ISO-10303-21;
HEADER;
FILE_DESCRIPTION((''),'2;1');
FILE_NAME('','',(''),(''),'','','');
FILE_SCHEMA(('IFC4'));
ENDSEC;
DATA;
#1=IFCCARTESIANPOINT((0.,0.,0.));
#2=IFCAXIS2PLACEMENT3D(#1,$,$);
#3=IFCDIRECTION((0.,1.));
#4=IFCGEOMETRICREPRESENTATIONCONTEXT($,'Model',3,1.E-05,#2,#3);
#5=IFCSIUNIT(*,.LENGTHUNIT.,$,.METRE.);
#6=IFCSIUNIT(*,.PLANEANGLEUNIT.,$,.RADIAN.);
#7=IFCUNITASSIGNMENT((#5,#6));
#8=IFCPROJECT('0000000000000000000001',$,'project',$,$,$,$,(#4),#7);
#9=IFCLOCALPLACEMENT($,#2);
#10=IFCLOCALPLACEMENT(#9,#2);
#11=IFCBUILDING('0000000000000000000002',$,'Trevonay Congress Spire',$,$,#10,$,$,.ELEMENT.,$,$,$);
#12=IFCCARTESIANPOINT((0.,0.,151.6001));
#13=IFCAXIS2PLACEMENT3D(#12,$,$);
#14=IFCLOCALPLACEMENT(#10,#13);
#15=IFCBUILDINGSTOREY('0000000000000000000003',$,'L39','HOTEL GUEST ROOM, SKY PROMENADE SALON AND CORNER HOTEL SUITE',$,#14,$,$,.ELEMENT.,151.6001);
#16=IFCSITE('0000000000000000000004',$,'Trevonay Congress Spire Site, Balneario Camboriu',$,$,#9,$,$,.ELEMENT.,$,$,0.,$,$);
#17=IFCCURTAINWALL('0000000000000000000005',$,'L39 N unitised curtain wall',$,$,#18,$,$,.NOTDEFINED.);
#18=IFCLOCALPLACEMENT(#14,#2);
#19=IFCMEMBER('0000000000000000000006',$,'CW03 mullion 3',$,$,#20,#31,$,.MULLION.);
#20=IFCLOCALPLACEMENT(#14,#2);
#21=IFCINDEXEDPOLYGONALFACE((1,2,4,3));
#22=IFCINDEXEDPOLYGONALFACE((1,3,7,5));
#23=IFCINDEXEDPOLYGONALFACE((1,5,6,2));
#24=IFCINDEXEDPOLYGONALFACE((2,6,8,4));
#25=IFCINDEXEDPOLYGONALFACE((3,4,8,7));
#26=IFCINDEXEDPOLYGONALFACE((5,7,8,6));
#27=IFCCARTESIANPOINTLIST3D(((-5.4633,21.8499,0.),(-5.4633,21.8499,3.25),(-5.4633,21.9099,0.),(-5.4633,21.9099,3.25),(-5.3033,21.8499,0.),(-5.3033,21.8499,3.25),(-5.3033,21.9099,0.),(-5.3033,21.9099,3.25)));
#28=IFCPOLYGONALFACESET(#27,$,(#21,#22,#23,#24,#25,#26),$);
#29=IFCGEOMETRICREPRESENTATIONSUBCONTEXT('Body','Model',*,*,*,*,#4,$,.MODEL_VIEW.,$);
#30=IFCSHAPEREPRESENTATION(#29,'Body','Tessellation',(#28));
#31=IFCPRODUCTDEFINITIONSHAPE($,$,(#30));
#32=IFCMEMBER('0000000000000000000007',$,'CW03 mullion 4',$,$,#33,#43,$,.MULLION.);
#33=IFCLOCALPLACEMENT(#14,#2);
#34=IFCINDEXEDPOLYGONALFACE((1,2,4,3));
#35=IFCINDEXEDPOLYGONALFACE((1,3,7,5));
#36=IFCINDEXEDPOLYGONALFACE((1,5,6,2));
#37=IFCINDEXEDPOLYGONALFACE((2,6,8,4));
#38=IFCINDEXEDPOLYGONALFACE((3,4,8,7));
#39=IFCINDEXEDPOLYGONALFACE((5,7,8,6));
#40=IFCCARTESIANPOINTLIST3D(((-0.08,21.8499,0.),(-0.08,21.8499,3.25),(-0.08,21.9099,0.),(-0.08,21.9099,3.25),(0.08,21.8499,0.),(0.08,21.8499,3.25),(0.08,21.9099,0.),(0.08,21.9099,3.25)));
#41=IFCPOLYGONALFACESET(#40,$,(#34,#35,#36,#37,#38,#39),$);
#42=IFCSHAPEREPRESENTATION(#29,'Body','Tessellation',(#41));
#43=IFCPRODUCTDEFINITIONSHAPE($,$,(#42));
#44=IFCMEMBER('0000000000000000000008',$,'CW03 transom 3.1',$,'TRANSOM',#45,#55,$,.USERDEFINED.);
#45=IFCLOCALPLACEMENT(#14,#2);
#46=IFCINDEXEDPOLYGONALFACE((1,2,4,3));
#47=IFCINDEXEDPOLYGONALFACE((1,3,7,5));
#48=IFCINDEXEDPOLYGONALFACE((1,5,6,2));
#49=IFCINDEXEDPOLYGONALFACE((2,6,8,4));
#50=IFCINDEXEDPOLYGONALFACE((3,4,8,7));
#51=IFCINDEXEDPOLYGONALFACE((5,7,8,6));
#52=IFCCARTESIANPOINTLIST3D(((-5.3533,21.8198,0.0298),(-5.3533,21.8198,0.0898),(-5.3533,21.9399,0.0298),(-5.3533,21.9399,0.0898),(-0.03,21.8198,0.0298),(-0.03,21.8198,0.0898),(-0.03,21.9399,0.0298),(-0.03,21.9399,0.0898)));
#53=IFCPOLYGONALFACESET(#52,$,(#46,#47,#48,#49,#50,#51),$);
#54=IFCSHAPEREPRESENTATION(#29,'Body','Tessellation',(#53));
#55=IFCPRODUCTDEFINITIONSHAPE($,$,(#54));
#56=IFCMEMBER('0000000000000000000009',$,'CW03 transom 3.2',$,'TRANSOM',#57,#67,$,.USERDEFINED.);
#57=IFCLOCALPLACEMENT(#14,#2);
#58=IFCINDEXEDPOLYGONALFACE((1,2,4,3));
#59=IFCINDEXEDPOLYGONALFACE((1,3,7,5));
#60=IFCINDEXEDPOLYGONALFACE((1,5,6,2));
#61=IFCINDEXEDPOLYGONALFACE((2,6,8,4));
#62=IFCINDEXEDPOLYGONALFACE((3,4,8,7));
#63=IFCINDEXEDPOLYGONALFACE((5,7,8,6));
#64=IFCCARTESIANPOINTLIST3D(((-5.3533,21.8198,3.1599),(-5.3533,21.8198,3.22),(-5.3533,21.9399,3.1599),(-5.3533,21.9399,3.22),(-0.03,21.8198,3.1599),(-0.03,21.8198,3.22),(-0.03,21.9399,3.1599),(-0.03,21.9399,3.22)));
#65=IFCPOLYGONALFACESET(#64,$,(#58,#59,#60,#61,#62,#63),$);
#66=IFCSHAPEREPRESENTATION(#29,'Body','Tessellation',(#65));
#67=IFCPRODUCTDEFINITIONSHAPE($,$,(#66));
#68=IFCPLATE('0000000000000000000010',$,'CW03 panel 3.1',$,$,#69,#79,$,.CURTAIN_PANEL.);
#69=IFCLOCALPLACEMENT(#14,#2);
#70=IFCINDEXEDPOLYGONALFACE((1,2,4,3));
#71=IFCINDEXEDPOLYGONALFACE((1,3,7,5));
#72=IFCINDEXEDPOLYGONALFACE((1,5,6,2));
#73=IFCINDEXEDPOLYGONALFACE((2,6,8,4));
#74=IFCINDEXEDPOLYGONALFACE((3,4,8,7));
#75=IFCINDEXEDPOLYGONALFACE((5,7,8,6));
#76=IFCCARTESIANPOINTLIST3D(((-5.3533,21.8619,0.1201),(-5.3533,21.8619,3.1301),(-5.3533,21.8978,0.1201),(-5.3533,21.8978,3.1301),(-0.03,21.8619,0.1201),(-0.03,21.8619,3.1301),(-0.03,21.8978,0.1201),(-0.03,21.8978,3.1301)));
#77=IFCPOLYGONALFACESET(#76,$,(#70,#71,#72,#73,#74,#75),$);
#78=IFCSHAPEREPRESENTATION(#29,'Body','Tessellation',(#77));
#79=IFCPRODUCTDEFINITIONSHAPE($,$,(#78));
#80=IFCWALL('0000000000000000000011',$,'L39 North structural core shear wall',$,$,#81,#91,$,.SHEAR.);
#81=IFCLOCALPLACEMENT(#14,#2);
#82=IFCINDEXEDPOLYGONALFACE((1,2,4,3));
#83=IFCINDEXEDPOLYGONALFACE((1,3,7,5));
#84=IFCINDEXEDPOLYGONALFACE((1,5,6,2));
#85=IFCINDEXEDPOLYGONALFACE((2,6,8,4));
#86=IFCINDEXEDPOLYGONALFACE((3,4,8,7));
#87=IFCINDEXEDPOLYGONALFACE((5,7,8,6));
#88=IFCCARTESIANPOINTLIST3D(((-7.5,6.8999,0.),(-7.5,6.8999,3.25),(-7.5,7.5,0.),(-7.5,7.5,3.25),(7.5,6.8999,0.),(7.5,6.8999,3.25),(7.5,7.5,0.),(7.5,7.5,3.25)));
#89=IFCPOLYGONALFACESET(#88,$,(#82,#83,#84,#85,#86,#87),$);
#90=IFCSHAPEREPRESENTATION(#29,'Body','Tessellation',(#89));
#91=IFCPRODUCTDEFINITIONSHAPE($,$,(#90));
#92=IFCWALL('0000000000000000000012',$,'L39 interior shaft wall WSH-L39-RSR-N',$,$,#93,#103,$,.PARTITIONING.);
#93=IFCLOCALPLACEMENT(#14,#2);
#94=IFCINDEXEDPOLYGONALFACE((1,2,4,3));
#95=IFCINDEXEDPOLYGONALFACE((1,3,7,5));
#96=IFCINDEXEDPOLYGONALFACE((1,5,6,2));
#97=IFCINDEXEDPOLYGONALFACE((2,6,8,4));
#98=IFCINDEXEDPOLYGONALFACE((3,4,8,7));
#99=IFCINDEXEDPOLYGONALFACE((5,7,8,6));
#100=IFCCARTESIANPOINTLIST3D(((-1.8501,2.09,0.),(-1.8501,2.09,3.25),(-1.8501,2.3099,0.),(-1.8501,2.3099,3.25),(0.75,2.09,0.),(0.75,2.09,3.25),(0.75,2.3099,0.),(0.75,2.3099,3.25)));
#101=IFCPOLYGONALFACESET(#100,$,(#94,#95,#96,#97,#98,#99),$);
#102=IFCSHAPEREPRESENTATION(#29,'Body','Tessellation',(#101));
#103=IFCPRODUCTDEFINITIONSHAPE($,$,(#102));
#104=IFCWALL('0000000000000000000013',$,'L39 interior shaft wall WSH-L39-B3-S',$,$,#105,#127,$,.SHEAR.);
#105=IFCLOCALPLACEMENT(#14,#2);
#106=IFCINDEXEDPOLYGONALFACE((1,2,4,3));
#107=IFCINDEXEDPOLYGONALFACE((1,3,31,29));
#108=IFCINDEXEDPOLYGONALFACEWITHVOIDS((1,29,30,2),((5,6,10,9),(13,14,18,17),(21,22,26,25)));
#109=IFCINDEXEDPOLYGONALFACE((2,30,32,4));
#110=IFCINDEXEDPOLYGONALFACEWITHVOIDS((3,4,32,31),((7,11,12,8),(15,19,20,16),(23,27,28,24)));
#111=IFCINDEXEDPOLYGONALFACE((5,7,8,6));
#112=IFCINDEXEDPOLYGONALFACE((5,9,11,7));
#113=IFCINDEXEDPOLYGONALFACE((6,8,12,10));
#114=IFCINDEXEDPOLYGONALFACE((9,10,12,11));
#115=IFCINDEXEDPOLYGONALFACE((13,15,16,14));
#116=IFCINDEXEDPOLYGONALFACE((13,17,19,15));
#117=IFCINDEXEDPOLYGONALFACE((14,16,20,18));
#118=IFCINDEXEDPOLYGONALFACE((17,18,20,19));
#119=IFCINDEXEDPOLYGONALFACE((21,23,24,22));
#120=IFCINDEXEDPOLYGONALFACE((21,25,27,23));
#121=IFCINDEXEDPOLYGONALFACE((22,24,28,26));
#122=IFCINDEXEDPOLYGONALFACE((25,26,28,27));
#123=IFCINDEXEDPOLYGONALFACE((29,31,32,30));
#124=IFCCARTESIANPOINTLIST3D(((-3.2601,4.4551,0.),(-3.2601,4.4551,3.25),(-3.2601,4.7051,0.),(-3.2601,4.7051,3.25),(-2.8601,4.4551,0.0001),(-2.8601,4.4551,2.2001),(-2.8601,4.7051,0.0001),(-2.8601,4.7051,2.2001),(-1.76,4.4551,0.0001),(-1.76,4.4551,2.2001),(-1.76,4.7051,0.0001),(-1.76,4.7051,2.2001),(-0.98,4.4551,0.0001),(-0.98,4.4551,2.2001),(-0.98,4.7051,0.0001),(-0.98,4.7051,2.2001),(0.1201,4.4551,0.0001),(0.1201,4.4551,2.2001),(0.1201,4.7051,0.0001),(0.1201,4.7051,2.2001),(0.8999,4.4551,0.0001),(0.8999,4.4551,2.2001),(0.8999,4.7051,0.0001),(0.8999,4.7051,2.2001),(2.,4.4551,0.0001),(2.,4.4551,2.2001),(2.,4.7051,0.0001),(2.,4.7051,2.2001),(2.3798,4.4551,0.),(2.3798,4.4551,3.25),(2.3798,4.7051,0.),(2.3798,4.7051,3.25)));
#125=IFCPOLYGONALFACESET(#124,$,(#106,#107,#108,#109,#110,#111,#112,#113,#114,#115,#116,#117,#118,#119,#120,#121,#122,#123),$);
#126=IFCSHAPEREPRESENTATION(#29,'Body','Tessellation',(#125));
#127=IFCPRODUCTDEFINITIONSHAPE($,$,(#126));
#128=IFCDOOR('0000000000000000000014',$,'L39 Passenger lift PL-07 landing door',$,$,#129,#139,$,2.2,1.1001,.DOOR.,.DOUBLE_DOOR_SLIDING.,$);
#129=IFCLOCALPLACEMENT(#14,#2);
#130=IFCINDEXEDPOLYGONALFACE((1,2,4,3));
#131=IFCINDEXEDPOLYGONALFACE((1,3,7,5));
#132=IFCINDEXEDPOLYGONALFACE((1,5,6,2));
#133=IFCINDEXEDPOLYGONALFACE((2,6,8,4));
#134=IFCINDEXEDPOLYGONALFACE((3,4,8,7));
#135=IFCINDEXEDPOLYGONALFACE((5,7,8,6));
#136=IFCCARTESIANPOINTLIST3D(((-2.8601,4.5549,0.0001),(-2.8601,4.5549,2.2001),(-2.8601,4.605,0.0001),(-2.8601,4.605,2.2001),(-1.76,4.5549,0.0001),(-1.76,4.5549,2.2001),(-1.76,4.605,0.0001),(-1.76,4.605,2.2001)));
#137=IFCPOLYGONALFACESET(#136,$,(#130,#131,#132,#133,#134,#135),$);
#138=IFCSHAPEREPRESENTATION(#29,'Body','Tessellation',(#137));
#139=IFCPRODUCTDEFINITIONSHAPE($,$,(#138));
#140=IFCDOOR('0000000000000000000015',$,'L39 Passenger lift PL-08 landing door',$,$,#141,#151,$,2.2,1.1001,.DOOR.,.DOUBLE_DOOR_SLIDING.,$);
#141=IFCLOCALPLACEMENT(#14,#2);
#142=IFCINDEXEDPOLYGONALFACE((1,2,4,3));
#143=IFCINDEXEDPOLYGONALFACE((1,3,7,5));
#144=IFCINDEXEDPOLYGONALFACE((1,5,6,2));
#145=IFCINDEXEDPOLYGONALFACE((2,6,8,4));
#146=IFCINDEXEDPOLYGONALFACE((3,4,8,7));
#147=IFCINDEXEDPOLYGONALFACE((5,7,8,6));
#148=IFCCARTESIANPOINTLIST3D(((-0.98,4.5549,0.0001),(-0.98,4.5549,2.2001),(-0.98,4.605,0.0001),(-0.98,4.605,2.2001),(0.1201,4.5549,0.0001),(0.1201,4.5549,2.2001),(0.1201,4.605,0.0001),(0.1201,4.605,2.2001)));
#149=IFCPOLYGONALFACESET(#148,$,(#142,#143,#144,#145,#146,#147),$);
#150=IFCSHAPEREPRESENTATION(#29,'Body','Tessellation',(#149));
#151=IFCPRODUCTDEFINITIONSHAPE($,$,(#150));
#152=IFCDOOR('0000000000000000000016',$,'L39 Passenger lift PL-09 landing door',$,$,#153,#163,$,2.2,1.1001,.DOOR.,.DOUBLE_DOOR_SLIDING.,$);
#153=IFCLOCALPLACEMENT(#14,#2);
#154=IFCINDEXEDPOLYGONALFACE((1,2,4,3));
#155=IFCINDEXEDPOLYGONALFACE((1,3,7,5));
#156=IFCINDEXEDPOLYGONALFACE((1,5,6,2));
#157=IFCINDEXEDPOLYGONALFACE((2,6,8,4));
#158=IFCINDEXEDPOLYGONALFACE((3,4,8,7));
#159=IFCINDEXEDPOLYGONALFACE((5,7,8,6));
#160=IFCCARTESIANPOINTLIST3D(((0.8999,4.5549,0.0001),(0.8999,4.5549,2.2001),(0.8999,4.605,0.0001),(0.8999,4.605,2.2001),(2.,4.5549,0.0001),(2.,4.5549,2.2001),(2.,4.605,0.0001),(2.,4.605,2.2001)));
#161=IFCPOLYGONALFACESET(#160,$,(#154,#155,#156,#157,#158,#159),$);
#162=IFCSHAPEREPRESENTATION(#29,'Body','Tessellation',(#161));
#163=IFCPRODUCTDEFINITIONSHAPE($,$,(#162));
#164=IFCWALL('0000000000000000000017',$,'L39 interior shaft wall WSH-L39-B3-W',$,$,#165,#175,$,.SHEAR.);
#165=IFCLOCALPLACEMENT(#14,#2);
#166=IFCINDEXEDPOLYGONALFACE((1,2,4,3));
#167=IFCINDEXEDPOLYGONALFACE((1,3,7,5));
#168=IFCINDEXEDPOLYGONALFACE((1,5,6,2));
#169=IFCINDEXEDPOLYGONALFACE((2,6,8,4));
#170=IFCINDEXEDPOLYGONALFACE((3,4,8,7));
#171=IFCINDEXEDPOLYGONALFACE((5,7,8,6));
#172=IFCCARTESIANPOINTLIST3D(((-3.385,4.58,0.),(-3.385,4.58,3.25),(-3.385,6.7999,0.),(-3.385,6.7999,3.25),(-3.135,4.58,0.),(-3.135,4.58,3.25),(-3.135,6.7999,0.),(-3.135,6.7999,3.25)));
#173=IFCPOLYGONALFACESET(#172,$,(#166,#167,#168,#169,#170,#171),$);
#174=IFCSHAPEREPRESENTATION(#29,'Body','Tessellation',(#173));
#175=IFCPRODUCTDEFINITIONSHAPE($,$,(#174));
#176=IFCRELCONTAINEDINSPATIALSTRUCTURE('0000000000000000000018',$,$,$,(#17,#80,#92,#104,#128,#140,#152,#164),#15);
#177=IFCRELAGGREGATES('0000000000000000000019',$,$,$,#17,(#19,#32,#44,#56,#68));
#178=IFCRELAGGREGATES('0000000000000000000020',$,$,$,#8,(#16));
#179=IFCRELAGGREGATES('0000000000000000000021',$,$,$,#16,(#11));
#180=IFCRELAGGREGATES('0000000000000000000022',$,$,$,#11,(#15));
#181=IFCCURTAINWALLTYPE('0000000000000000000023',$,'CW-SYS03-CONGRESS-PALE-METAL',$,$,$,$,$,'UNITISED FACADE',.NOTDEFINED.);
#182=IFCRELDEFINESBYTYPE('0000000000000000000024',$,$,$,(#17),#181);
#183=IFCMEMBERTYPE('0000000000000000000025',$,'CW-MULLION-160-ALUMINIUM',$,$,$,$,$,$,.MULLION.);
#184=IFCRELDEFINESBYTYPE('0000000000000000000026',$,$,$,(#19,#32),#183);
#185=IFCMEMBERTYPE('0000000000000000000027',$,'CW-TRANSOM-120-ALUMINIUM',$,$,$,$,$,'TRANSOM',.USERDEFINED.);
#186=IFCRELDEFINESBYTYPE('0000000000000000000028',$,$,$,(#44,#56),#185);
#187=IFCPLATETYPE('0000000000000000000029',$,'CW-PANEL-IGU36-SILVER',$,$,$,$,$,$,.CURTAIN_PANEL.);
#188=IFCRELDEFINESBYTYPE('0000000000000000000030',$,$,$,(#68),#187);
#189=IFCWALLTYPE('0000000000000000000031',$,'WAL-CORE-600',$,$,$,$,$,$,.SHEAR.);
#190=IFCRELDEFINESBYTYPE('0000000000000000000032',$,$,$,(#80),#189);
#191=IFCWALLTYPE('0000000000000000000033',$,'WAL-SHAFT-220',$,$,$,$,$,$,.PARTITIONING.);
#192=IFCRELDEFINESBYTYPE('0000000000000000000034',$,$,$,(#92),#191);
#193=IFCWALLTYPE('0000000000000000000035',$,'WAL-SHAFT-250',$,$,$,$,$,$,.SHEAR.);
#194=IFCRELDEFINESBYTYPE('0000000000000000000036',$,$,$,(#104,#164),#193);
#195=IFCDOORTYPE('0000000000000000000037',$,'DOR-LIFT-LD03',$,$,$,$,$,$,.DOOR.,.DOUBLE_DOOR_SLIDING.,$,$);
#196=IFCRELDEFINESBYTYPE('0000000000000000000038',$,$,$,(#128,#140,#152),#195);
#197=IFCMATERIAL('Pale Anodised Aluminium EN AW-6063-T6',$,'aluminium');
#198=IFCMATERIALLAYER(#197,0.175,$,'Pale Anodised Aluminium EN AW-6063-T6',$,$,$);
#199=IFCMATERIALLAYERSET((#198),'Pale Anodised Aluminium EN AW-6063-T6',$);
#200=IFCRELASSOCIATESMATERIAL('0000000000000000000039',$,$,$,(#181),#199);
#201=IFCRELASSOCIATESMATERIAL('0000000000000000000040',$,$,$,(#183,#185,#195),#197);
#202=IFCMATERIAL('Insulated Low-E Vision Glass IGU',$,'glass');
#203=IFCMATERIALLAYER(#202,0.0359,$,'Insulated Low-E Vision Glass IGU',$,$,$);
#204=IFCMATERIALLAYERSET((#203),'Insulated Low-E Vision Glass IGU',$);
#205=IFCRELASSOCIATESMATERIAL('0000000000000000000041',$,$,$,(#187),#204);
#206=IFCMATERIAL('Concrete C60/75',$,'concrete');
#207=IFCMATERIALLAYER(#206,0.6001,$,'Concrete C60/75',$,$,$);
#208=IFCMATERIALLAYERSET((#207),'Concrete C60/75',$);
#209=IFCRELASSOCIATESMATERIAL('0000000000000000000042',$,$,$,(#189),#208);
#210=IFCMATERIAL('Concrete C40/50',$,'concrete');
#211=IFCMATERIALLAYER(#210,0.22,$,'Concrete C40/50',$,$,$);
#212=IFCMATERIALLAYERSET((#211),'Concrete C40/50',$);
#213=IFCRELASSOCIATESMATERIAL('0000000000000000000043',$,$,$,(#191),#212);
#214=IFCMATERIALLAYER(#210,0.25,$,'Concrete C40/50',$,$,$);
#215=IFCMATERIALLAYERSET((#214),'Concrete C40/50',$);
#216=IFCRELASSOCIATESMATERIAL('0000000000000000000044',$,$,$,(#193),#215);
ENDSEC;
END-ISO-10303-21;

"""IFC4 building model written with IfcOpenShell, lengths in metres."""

from ifc_helpers import new_model, si_unit, direction, frame, frame_2d, origin, origin_2d, place, context, subcontext, project, spatial, rectangle, extrude, material, layer, layer_set, material_profile, profile_set, type_object, element, fill, aggregate, save


model = new_model("IFC4")

# Units and contexts
model_context = context("Model", 3, precision=1e-05, world=origin(), true_north=direction((0.0, 1.0)))
body_context = subcontext(model_context, "Body", "Model", "MODEL_VIEW")
ifc_project = project(units=[si_unit("LENGTHUNIT", "METRE"), si_unit("PLANEANGLEUNIT", "RADIAN")], contexts=[model_context])

# Site, building, storey
site_placement = place(None, origin())
site = spatial("IfcSite", under=ifc_project, at=site_placement, Name="Trevonay Congress Spire Site, Balneario Camboriu", CompositionType="ELEMENT", RefElevation=0.0)
building_placement = place(site_placement, origin())
building = spatial("IfcBuilding", under=site, at=building_placement, Name="Trevonay Congress Spire", CompositionType="ELEMENT")
storey_placement = place(building_placement, frame((0.0, 0.0, 151.6001)))
storey = spatial("IfcBuildingStorey", under=building, at=storey_placement, Name="L39", Description="HOTEL GUEST ROOM, SKY PROMENADE SALON AND CORNER HOTEL SUITE", CompositionType="ELEMENT", Elevation=151.6001)

# Curtain wall, members, plate
ifc_material_1 = material(Name="Pale Anodised Aluminium EN AW-6063-T6", Category="aluminium")
ifc_layer_1 = layer(ifc_material_1, 0.175, Name="Pale Anodised Aluminium EN AW-6063-T6")
ifc_layer_set_1 = layer_set([ifc_layer_1], Name="Pale Anodised Aluminium EN AW-6063-T6")
curtain_wall_type = type_object("IfcCurtainWallType", Name="CW-SYS03-CONGRESS-PALE-METAL", ElementType="UNITISED FACADE", PredefinedType="NOTDEFINED", material=ifc_layer_set_1)
curtain_wall_placement = place(storey_placement, origin())
curtain_wall = element("IfcCurtainWall", 1, at=curtain_wall_placement, inside=storey, type_object=curtain_wall_type, Name="L39 N unitised curtain wall", PredefinedType="NOTDEFINED")
ifc_material_profile_1 = material_profile(ifc_material_1, rectangle(XDim=0.0601, YDim=0.1599, at=origin_2d()), Name="CW-MULLION-160-ALUMINIUM")
ifc_profile_set_1 = profile_set([ifc_material_profile_1], Name="Pale Anodised Aluminium EN AW-6063-T6")
member_type_1 = type_object("IfcMemberType", Name="CW-MULLION-160-ALUMINIUM", PredefinedType="MULLION", material=ifc_profile_set_1)
member_1_placement = place(storey_placement, frame((-5.3833, 21.8799, 0.0), z_axis=(0.0, 0.0, 1.0), x_axis=(0.0, 1.0, 0.0)))
member_1 = element("IfcMember", 2, at=member_1_placement, type_object=member_type_1, Name="CW03 mullion 3", PredefinedType="MULLION", context=body_context, shape_type="SweptSolid", body=[
    extrude(rectangle(XDim=0.0601, YDim=0.1599, at=origin_2d()), origin(), (0.0, 0.0, 1.0), 3.25),
])
member_2_placement = place(storey_placement, frame((0.0, 21.8799, 0.0), z_axis=(0.0, 0.0, 1.0), x_axis=(0.0, 1.0, 0.0)))
member_2 = element("IfcMember", 3, at=member_2_placement, type_object=member_type_1, Name="CW03 mullion 4", PredefinedType="MULLION", context=body_context, shape_type="SweptSolid", body=[
    extrude(rectangle(XDim=0.0601, YDim=0.1599, at=origin_2d()), origin(), (0.0, 0.0, 1.0), 3.25),
])
ifc_material_profile_2 = material_profile(ifc_material_1, rectangle(XDim=0.1201, YDim=0.0601, at=origin_2d()), Name="CW-TRANSOM-120-ALUMINIUM")
ifc_profile_set_2 = profile_set([ifc_material_profile_2], Name="Pale Anodised Aluminium EN AW-6063-T6")
member_type_2 = type_object("IfcMemberType", Name="CW-TRANSOM-120-ALUMINIUM", ElementType="TRANSOM", PredefinedType="USERDEFINED", material=ifc_profile_set_2)
member_3_placement = place(storey_placement, frame((-5.3533, 21.8799, 0.0598), z_axis=(1.0, 0.0, 0.0), x_axis=(0.0, 1.0, 0.0)))
member_3 = element("IfcMember", 4, at=member_3_placement, type_object=member_type_2, Name="CW03 transom 3.1", ObjectType="TRANSOM", PredefinedType="USERDEFINED", context=body_context, shape_type="SweptSolid", body=[
    extrude(rectangle(XDim=0.1201, YDim=0.0601, at=origin_2d()), origin(), (0.0, 0.0, 1.0), 5.3232),
])
member_4_placement = place(storey_placement, frame((-5.3533, 21.8799, 3.1899), z_axis=(1.0, 0.0, 0.0), x_axis=(0.0, 1.0, 0.0)))
member_4 = element("IfcMember", 5, at=member_4_placement, type_object=member_type_2, Name="CW03 transom 3.2", ObjectType="TRANSOM", PredefinedType="USERDEFINED", context=body_context, shape_type="SweptSolid", body=[
    extrude(rectangle(XDim=0.1201, YDim=0.0601, at=origin_2d()), origin(), (0.0, 0.0, 1.0), 5.3232),
])
ifc_material_2 = material(Name="Insulated Low-E Vision Glass IGU", Category="glass")
ifc_layer_2 = layer(ifc_material_2, 0.0359, Name="Insulated Low-E Vision Glass IGU")
ifc_layer_set_2 = layer_set([ifc_layer_2], Name="Insulated Low-E Vision Glass IGU")
plate_type = type_object("IfcPlateType", Name="CW-PANEL-IGU36-SILVER", PredefinedType="CURTAIN_PANEL", material=ifc_layer_set_2)
plate_placement = place(storey_placement, frame((-2.6917, 21.8799, 0.1201), z_axis=(0.0, 0.0, 1.0), x_axis=(1.0, 0.0, 0.0)))
plate = element("IfcPlate", 6, at=plate_placement, type_object=plate_type, Name="CW03 panel 3.1", PredefinedType="CURTAIN_PANEL", context=body_context, shape_type="SweptSolid", body=[
    extrude(rectangle(XDim=5.3232, YDim=0.0359, at=origin_2d()), origin(), (0.0, 0.0, 1.0), 3.01),
])
aggregate(curtain_wall, [member_1, member_2, member_3, member_4, plate])

# Walls
ifc_material_3 = material(Name="Concrete C60/75", Category="concrete")
ifc_layer_3 = layer(ifc_material_3, 0.6001, Name="Concrete C60/75")
ifc_layer_set_3 = layer_set([ifc_layer_3], Name="Concrete C60/75")
wall_type_1 = type_object("IfcWallType", Name="WAL-CORE-600", PredefinedType="SHEAR", material=ifc_layer_set_3)
wall_1_placement = place(storey_placement, frame((-7.5, 7.2, 0.0), z_axis=(0.0, 0.0, 1.0), x_axis=(1.0, 0.0, 0.0)))
element("IfcWall", 7, at=wall_1_placement, inside=storey, type_object=wall_type_1, Name="L39 North structural core shear wall", PredefinedType="SHEAR", context=body_context, shape_type="SweptSolid", body=[
    extrude(rectangle(XDim=15.0, YDim=0.6001, at=frame_2d((7.5, 0.0))), origin(), (0.0, 0.0, 1.0), 3.25),
])
ifc_material_4 = material(Name="Concrete C40/50", Category="concrete")
ifc_layer_4 = layer(ifc_material_4, 0.22, Name="Concrete C40/50")
ifc_layer_set_4 = layer_set([ifc_layer_4], Name="Concrete C40/50")
wall_type_2 = type_object("IfcWallType", Name="WAL-SHAFT-220", PredefinedType="PARTITIONING", material=ifc_layer_set_4)
wall_2_placement = place(storey_placement, frame((-1.8501, 2.2, 0.0), z_axis=(0.0, 0.0, 1.0), x_axis=(1.0, 0.0, 0.0)))
element("IfcWall", 8, at=wall_2_placement, inside=storey, type_object=wall_type_2, Name="L39 interior shaft wall WSH-L39-RSR-N", PredefinedType="PARTITIONING", context=body_context, shape_type="SweptSolid", body=[
    extrude(rectangle(XDim=2.6001, YDim=0.22, at=frame_2d((1.3, 0.0))), origin(), (0.0, 0.0, 1.0), 3.25),
])

# Wall, openings, doors
ifc_layer_5 = layer(ifc_material_4, 0.25, Name="Concrete C40/50")
ifc_layer_set_5 = layer_set([ifc_layer_5], Name="Concrete C40/50")
wall_type_3 = type_object("IfcWallType", Name="WAL-SHAFT-250", PredefinedType="SHEAR", material=ifc_layer_set_5)
wall_3_placement = place(storey_placement, frame((-3.26, 4.5801, 0.0), z_axis=(0.0, 0.0, 1.0), x_axis=(1.0, 0.0, 0.0)))
wall_3 = element("IfcWall", 9, at=wall_3_placement, inside=storey, type_object=wall_type_3, Name="L39 interior shaft wall WSH-L39-B3-S", PredefinedType="SHEAR", context=body_context, shape_type="SweptSolid", body=[
    extrude(rectangle(XDim=5.6399, YDim=0.25, at=frame_2d((2.8198, 0.0))), origin(), (0.0, 0.0, 1.0), 3.25),
])
opening_1_placement = place(wall_3_placement, frame((0.3999, 0.0, 0.0)))
opening_1 = element("IfcOpeningElement", 10, at=opening_1_placement, cuts=wall_3, PredefinedType="OPENING", context=body_context, shape_type="SweptSolid", body=[
    extrude(rectangle(XDim=1.1001, YDim=2.2, at=frame_2d((0.55, 1.1001))), frame((0.0, 0.135, 0.0), z_axis=(0.0, -1.0, 0.0), x_axis=(1.0, 0.0, 0.0)), (0.0, 0.0, 1.0), 0.27),
])
opening_2_placement = place(wall_3_placement, frame((2.28, 0.0, 0.0)))
opening_2 = element("IfcOpeningElement", 11, at=opening_2_placement, cuts=wall_3, PredefinedType="OPENING", context=body_context, shape_type="SweptSolid", body=[
    extrude(rectangle(XDim=1.1001, YDim=2.2, at=frame_2d((0.55, 1.1001))), frame((0.0, 0.135, 0.0), z_axis=(0.0, -1.0, 0.0), x_axis=(1.0, 0.0, 0.0)), (0.0, 0.0, 1.0), 0.27),
])
opening_3_placement = place(wall_3_placement, frame((4.1599, 0.0, 0.0)))
opening_3 = element("IfcOpeningElement", 12, at=opening_3_placement, cuts=wall_3, PredefinedType="OPENING", context=body_context, shape_type="SweptSolid", body=[
    extrude(rectangle(XDim=1.1001, YDim=2.2, at=frame_2d((0.55, 1.1001))), frame((0.0, 0.135, 0.0), z_axis=(0.0, -1.0, 0.0), x_axis=(1.0, 0.0, 0.0)), (0.0, 0.0, 1.0), 0.27),
])
door_type_1 = type_object("IfcDoorType", Name="DOR-LIFT-LD03", OperationType="DOUBLE_DOOR_SLIDING", PredefinedType="DOOR", material=ifc_material_1)
door_1_placement = place(opening_1_placement, origin())
door_1 = element("IfcDoor", 13, at=door_1_placement, inside=storey, type_object=door_type_1, Name="L39 Passenger lift PL-07 landing door", OperationType="DOUBLE_DOOR_SLIDING", OverallHeight=2.2, OverallWidth=1.1001, PredefinedType="DOOR", context=body_context, shape_type="SweptSolid", body=[
    extrude(rectangle(XDim=1.1001, YDim=2.2, at=frame_2d((0.55, 1.1001))), frame((0.0, 0.0249, 0.0), z_axis=(0.0, -1.0, 0.0), x_axis=(1.0, 0.0, 0.0)), (0.0, 0.0, 1.0), 0.05),
])
fill(opening_1, door_1)
door_2_placement = place(opening_2_placement, origin())
door_2 = element("IfcDoor", 14, at=door_2_placement, inside=storey, type_object=door_type_1, Name="L39 Passenger lift PL-08 landing door", OperationType="DOUBLE_DOOR_SLIDING", OverallHeight=2.2, OverallWidth=1.1001, PredefinedType="DOOR", context=body_context, shape_type="SweptSolid", body=[
    extrude(rectangle(XDim=1.1001, YDim=2.2, at=frame_2d((0.55, 1.1001))), frame((0.0, 0.0249, 0.0), z_axis=(0.0, -1.0, 0.0), x_axis=(1.0, 0.0, 0.0)), (0.0, 0.0, 1.0), 0.05),
])
fill(opening_2, door_2)
door_3_placement = place(opening_3_placement, origin())
door_3 = element("IfcDoor", 15, at=door_3_placement, inside=storey, type_object=door_type_1, Name="L39 Passenger lift PL-09 landing door", OperationType="DOUBLE_DOOR_SLIDING", OverallHeight=2.2, OverallWidth=1.1001, PredefinedType="DOOR", context=body_context, shape_type="SweptSolid", body=[
    extrude(rectangle(XDim=1.1001, YDim=2.2, at=frame_2d((0.55, 1.1001))), frame((0.0, 0.0249, 0.0), z_axis=(0.0, -1.0, 0.0), x_axis=(1.0, 0.0, 0.0)), (0.0, 0.0, 1.0), 0.05),
])
fill(opening_3, door_3)

# Wall
wall_4_placement = place(storey_placement, frame((-3.26, 4.5801, 0.0), z_axis=(0.0, 0.0, 1.0), x_axis=(0.0, 1.0, 0.0)))
element("IfcWall", 16, at=wall_4_placement, inside=storey, type_object=wall_type_3, Name="L39 interior shaft wall WSH-L39-B3-W", PredefinedType="SHEAR", context=body_context, shape_type="SweptSolid", body=[
    extrude(rectangle(XDim=2.22, YDim=0.25, at=frame_2d((1.1099, 0.0))), origin(), (0.0, 0.0, 1.0), 3.25),
])

save(model, "model.ifc")
